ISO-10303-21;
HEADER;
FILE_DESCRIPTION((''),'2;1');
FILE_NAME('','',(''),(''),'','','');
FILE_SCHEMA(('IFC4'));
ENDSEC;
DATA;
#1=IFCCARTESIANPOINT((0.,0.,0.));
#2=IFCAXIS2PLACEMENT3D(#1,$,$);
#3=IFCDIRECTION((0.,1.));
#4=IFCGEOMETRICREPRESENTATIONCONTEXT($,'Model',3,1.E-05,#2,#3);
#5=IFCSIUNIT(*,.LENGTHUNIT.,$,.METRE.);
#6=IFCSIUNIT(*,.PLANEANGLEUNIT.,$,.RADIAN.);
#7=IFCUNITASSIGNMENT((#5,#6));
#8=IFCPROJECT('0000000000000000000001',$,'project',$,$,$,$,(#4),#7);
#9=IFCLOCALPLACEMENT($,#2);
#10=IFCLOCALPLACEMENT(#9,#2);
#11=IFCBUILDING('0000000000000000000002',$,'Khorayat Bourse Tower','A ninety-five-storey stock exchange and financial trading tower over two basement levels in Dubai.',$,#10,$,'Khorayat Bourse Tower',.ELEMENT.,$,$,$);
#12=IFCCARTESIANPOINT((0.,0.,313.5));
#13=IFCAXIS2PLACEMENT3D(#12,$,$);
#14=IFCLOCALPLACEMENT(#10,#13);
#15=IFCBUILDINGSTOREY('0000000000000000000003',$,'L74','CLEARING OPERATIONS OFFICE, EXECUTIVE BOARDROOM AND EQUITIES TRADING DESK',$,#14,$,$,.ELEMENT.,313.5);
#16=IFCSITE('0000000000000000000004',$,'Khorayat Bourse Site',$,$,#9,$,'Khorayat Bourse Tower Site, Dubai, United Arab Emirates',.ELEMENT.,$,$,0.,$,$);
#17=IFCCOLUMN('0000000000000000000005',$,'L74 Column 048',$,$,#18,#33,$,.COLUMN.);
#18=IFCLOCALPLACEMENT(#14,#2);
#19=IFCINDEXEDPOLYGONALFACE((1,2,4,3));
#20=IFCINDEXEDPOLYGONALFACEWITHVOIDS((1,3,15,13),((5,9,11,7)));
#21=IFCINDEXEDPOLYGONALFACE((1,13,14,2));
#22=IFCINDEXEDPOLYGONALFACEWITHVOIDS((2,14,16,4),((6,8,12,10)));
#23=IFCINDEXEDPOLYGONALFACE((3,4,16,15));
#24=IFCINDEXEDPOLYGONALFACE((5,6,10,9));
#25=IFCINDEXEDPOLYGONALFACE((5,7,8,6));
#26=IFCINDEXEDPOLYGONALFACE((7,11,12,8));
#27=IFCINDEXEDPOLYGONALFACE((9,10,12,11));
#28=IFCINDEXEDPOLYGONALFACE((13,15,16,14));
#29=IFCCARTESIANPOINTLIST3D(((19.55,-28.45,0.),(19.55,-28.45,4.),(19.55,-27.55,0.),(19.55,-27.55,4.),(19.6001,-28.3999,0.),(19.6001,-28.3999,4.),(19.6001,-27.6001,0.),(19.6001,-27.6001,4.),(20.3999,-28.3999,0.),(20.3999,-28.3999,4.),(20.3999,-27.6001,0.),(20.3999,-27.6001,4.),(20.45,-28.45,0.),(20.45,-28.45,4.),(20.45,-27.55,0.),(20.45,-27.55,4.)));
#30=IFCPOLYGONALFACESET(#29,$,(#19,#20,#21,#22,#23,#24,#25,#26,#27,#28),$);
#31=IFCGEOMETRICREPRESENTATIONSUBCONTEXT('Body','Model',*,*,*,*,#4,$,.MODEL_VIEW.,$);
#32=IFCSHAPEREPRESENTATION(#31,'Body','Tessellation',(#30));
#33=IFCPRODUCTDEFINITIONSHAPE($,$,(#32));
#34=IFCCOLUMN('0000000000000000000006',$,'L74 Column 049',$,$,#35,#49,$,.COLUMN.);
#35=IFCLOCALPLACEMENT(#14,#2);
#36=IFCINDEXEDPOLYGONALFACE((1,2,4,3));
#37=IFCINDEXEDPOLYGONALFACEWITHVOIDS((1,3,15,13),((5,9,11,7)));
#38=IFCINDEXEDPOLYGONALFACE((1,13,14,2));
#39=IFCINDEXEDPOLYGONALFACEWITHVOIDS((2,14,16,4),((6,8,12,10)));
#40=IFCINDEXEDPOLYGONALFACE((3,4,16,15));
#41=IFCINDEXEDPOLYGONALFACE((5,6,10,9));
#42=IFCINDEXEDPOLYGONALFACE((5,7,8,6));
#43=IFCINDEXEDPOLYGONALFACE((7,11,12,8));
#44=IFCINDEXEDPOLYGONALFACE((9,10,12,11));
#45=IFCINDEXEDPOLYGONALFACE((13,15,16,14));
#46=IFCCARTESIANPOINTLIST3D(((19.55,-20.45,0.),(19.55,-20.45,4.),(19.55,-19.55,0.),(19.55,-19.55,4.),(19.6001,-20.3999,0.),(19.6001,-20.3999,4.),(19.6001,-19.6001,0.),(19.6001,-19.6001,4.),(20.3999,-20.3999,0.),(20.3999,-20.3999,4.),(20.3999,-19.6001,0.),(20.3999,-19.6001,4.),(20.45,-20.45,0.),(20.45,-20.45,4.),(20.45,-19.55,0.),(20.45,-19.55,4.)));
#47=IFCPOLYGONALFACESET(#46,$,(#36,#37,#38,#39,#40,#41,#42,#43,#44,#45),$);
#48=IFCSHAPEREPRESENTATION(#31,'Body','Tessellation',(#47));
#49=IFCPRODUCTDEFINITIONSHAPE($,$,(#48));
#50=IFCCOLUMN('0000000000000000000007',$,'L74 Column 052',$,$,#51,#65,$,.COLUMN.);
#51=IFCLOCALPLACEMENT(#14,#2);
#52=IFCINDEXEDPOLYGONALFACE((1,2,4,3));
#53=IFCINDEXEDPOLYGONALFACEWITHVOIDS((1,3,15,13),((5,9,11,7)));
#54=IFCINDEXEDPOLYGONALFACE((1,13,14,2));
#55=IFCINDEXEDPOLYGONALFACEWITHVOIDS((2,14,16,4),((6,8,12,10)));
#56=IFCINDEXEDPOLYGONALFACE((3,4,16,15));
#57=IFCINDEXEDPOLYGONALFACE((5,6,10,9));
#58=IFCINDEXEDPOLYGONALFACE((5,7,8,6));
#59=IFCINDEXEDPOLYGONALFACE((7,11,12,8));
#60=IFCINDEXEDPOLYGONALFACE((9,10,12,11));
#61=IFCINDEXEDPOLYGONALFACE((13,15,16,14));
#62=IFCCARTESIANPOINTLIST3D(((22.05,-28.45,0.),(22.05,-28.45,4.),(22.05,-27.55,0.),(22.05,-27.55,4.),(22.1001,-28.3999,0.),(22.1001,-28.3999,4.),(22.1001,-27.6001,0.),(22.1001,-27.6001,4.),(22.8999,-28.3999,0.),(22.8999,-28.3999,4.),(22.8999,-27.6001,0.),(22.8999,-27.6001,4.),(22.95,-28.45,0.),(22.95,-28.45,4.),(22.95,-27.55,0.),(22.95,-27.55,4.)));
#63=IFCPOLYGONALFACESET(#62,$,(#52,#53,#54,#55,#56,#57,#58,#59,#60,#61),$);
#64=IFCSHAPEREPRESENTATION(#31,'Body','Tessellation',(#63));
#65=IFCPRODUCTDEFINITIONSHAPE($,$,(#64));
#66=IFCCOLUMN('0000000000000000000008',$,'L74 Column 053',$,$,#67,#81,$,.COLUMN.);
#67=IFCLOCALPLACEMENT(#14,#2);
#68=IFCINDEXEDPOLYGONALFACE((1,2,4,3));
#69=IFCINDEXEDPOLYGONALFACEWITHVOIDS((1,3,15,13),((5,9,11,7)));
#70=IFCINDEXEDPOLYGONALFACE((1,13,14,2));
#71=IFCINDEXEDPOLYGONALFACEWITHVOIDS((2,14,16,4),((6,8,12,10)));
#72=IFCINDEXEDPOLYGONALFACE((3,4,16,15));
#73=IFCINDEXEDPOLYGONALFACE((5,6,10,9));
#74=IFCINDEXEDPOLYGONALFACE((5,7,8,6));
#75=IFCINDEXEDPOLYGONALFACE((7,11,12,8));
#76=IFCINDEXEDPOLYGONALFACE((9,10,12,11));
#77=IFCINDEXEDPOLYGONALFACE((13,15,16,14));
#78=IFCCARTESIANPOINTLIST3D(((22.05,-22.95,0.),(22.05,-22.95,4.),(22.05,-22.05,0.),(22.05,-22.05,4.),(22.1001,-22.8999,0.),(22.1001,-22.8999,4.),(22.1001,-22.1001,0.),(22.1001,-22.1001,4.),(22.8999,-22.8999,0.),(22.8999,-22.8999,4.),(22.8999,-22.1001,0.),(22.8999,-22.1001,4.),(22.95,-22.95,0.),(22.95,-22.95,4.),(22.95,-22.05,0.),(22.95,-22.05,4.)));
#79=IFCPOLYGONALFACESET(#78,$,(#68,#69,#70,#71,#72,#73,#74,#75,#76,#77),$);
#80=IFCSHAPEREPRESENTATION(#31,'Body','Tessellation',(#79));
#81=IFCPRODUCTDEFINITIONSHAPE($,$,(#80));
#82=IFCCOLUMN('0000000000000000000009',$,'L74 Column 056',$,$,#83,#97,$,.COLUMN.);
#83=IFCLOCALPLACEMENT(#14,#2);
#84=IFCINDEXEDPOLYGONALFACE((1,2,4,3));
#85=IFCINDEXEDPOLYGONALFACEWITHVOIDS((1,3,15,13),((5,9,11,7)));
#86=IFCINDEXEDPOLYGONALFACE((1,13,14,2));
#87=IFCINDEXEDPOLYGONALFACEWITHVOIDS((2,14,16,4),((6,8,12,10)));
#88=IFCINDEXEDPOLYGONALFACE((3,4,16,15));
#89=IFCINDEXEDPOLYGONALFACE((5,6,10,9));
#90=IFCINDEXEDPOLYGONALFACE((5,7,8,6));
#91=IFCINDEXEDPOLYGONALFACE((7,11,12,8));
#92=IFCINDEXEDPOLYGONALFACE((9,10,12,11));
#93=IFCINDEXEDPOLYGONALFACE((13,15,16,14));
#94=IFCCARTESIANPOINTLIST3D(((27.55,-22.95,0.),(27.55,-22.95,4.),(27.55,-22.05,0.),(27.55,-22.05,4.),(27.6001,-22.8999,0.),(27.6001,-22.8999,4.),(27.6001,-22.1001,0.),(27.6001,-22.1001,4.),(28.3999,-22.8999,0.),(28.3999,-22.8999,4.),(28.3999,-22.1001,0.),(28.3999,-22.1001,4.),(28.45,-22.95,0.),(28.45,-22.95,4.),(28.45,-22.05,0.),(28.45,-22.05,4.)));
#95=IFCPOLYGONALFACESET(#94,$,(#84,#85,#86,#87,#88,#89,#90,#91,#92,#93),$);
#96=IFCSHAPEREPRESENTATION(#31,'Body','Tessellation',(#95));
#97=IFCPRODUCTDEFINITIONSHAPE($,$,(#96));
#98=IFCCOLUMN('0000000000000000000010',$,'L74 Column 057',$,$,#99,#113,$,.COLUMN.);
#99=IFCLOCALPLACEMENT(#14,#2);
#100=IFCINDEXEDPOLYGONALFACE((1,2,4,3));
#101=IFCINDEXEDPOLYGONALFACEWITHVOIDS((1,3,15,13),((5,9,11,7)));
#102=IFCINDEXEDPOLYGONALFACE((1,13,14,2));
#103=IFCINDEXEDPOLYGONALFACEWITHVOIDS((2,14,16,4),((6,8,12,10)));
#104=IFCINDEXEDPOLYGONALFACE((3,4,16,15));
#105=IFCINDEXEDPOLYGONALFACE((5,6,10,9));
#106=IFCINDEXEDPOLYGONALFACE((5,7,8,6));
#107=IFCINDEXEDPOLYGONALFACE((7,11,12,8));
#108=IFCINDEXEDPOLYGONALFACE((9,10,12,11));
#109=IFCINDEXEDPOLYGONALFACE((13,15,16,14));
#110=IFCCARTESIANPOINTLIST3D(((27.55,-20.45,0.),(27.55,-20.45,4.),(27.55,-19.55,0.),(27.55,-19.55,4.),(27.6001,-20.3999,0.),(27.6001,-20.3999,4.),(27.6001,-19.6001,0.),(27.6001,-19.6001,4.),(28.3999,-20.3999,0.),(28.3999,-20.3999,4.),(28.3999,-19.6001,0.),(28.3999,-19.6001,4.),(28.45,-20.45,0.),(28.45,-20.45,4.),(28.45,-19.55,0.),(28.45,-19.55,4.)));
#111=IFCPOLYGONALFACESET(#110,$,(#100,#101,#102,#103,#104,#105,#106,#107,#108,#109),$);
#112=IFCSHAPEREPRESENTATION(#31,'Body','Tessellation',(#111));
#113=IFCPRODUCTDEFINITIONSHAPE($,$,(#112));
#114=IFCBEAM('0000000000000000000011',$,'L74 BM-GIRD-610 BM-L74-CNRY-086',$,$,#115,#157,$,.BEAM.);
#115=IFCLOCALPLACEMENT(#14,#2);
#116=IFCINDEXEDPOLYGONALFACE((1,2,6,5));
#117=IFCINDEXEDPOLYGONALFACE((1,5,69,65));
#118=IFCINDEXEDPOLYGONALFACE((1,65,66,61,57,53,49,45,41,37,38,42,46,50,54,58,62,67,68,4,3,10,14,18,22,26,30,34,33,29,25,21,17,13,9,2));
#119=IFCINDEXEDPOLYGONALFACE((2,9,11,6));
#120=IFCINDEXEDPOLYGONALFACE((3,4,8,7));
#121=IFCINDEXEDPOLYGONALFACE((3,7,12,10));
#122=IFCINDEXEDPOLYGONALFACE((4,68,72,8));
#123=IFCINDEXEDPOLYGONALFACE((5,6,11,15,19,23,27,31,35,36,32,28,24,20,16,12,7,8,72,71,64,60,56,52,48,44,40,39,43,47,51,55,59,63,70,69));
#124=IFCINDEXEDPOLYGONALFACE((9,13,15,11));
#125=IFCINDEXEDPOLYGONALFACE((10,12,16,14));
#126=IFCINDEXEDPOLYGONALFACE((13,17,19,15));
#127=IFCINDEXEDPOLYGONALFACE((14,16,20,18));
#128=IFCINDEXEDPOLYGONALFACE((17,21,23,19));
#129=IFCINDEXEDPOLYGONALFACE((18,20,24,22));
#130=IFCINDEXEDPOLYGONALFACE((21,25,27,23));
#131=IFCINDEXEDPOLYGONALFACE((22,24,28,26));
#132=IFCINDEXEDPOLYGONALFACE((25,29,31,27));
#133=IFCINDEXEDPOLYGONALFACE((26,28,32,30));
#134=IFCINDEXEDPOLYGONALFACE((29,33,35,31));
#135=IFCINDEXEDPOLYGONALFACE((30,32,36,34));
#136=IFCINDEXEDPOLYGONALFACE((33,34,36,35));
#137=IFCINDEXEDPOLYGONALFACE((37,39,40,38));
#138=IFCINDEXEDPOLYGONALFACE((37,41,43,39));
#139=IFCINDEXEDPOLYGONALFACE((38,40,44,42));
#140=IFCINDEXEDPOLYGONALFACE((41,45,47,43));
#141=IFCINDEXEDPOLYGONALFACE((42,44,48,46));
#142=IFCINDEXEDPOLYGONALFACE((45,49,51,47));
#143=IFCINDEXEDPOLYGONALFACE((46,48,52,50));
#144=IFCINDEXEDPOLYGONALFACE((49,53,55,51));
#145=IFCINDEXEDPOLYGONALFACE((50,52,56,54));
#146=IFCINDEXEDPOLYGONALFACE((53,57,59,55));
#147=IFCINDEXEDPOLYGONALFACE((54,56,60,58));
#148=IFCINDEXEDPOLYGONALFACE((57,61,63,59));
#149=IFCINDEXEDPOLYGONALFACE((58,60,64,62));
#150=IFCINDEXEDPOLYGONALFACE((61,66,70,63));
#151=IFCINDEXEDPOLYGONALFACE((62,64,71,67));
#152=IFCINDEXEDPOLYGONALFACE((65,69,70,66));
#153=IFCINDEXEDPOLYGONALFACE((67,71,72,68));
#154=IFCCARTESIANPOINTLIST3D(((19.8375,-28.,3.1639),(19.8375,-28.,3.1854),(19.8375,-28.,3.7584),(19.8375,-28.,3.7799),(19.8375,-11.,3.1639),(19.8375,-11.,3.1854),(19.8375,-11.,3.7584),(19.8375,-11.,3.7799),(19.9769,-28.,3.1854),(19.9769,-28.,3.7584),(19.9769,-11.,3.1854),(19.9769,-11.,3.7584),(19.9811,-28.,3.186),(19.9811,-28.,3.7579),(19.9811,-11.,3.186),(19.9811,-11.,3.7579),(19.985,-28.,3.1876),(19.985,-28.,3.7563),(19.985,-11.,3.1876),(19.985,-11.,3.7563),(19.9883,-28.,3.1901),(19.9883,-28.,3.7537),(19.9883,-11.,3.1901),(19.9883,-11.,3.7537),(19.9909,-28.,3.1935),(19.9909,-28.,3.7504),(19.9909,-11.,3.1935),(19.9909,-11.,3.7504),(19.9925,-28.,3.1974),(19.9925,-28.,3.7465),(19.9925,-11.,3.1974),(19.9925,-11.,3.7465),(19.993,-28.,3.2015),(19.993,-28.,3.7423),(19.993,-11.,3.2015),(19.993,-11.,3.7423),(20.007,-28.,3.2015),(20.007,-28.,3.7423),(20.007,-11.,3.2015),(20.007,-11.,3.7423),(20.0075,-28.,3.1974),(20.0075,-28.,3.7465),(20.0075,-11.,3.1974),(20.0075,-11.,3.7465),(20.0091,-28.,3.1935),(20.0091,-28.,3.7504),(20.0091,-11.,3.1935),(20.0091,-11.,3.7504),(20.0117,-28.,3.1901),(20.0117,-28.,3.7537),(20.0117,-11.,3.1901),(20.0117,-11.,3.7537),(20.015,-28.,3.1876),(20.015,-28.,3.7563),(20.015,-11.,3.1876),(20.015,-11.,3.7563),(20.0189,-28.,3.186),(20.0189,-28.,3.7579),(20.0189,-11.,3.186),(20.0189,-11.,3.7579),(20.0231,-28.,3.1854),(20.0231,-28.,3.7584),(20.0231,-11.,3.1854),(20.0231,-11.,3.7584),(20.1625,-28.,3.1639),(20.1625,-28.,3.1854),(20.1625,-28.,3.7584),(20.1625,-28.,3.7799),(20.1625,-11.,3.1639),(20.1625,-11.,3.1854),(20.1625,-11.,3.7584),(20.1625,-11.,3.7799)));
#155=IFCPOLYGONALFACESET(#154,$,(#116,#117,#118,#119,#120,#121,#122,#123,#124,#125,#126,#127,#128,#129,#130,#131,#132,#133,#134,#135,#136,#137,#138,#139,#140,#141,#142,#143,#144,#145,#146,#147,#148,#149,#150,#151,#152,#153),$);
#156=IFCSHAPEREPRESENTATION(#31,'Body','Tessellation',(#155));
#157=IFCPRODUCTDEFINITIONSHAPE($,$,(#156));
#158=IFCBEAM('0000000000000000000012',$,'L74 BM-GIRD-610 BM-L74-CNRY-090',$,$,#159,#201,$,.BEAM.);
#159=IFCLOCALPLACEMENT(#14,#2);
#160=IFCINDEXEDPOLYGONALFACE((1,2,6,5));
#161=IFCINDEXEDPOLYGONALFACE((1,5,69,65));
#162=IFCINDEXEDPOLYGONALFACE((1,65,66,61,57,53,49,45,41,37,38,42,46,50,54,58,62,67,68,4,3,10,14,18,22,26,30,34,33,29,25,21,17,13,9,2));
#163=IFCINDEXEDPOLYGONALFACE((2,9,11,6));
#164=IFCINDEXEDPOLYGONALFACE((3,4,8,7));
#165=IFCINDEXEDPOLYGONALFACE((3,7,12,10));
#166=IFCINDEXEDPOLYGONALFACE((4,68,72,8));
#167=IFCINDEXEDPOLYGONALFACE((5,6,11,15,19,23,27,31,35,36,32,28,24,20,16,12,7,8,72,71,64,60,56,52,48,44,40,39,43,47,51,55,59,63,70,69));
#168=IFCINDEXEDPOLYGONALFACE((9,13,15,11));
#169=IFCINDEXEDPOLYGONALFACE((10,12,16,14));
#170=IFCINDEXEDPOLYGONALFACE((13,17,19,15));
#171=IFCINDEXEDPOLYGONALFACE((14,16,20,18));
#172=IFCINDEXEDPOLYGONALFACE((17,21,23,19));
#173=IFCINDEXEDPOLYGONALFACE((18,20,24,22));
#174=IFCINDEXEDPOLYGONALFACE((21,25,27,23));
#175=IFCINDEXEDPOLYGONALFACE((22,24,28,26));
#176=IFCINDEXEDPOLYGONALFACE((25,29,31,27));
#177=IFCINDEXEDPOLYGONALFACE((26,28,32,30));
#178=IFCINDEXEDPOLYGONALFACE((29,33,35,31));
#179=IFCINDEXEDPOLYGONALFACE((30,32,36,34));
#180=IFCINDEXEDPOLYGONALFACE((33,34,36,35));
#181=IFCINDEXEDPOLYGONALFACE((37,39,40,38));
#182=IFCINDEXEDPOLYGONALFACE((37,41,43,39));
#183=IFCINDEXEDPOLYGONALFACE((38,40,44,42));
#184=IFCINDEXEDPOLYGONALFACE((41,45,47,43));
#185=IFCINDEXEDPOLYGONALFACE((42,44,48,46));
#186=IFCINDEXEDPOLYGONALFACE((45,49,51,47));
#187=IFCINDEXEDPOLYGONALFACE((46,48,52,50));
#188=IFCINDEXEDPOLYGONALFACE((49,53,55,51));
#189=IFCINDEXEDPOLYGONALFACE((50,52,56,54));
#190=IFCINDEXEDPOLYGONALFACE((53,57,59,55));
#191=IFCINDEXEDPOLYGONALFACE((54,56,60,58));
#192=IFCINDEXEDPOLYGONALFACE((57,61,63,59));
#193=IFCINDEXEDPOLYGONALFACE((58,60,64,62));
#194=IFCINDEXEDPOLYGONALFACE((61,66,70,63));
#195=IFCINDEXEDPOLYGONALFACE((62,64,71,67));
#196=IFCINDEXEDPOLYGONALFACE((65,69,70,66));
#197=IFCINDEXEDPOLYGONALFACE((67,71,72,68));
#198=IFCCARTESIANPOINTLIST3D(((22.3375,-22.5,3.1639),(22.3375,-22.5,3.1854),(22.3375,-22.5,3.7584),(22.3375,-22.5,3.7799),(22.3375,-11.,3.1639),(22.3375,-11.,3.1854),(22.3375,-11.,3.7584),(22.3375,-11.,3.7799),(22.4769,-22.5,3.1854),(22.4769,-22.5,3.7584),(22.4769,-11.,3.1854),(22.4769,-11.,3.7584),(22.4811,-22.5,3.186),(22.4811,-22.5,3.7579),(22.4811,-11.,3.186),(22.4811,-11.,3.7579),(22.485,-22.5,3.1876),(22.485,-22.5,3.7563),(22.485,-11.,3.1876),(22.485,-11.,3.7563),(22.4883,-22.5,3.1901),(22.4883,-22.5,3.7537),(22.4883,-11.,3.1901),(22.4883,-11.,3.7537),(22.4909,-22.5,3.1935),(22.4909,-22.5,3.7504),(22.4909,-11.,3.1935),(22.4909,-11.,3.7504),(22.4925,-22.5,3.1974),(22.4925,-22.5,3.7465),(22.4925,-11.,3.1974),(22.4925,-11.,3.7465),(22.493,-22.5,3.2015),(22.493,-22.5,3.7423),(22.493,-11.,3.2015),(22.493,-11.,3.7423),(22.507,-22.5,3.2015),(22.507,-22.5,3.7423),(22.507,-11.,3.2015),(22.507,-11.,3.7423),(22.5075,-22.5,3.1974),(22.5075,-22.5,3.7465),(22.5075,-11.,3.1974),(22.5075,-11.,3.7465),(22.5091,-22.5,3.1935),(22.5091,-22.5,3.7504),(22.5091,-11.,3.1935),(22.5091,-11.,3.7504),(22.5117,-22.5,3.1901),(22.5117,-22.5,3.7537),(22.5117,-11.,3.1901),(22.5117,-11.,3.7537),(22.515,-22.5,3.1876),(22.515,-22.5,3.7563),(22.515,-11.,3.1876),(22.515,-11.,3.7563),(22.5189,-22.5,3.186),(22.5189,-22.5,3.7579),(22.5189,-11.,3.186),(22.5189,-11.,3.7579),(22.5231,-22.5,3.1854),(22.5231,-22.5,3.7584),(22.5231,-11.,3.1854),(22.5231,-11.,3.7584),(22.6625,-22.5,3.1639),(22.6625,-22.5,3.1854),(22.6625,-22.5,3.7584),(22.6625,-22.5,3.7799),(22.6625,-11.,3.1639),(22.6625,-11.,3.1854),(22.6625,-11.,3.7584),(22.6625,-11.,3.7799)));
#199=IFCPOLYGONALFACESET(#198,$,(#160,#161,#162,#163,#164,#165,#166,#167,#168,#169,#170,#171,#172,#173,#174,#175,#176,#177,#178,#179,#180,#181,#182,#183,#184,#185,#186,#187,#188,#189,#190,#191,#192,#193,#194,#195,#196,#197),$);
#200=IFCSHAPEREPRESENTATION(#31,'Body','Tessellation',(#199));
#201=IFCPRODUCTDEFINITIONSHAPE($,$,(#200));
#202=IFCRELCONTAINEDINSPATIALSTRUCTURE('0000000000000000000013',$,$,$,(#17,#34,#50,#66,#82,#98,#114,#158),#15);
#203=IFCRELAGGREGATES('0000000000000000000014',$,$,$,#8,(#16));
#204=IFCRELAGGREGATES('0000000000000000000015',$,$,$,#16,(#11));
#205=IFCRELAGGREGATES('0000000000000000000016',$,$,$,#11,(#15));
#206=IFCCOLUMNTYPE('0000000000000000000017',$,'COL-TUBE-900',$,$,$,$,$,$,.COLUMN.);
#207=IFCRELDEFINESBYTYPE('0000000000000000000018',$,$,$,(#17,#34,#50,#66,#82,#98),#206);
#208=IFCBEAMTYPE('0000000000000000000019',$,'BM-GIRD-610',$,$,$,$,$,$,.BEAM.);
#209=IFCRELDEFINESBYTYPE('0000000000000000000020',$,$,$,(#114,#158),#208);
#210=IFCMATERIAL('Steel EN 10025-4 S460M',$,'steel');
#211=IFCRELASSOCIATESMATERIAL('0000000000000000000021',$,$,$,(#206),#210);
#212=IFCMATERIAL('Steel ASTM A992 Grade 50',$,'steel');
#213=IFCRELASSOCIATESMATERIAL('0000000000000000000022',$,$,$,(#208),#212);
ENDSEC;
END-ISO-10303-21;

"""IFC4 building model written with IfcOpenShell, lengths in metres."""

from ifc_helpers import new_model, si_unit, direction, frame, origin, origin_2d, place, context, subcontext, project, spatial, hollow_rectangle, i_section, extrude, source, transform, mapped, material, material_profile, profile_set, type_object, element, save


model = new_model("IFC4")

# Units and contexts
model_context = context("Model", 3, precision=1e-05, world=origin(), true_north=direction((0.0, 1.0)))
body_context = subcontext(model_context, "Body", "Model", "MODEL_VIEW")
ifc_project = project(units=[si_unit("LENGTHUNIT", "METRE"), si_unit("PLANEANGLEUNIT", "RADIAN")], contexts=[model_context])

# Site, building, storey
site_placement = place(None, origin())
site = spatial("IfcSite", under=ifc_project, at=site_placement, Name="Khorayat Bourse Site", LongName="Khorayat Bourse Tower Site, Dubai, United Arab Emirates", CompositionType="ELEMENT", RefElevation=0.0)
building_placement = place(site_placement, origin())
building = spatial("IfcBuilding", under=site, at=building_placement, Name="Khorayat Bourse Tower", Description="A ninety-five-storey stock exchange and financial trading tower over two basement levels in Dubai.", LongName="Khorayat Bourse Tower", CompositionType="ELEMENT")
storey_placement = place(building_placement, frame((0.0, 0.0, 313.5)))
storey = spatial("IfcBuildingStorey", under=building, at=storey_placement, Name="L74", Description="CLEARING OPERATIONS OFFICE, EXECUTIVE BOARDROOM AND EQUITIES TRADING DESK", CompositionType="ELEMENT", Elevation=313.5)

# Columns
ifc_material_1 = material(Name="Steel EN 10025-4 S460M", Category="steel")
ifc_material_profile_1 = material_profile(ifc_material_1, hollow_rectangle(XDim=0.8999, YDim=0.8999, WallThickness=0.05, at=origin_2d()), Name="BOX 900x900x50")
ifc_profile_set_1 = profile_set([ifc_material_profile_1], Name="Steel EN 10025-4 S460M")
column_type = type_object("IfcColumnType", Name="COL-TUBE-900", PredefinedType="COLUMN", material=ifc_profile_set_1)
shared_shape_1 = source(origin(), body_context, "Body", "SweptSolid", [
    extrude(hollow_rectangle(XDim=0.8999, YDim=0.8999, WallThickness=0.05, at=origin_2d()), origin(), (0.0, 0.0, 1.0), 4.0),
])
for number, where, z_axis, x_axis, name in (
    (1, (20.0, -28.0, 0.0), (0.0, 0.0, 1.0), (1.0, 0.0, 0.0), "L74 Column 048"),
    (2, (20.0, -20.0, 0.0), (0.0, 0.0, 1.0), (1.0, 0.0, 0.0), "L74 Column 049"),
    (3, (22.5, -28.0, 0.0), (0.0, 0.0, 1.0), (1.0, 0.0, 0.0), "L74 Column 052"),
    (4, (22.5, -22.5, 0.0), (0.0, 0.0, 1.0), (1.0, 0.0, 0.0), "L74 Column 053"),
    (5, (28.0, -22.5, 0.0), (0.0, 0.0, 1.0), (1.0, 0.0, 0.0), "L74 Column 056"),
    (6, (28.0, -20.0, 0.0), (0.0, 0.0, 1.0), (1.0, 0.0, 0.0), "L74 Column 057"),
):
    element("IfcColumn", number, at=place(storey_placement, frame(where, z_axis=z_axis, x_axis=x_axis)), inside=storey, type_object=column_type, Name=name, PredefinedType="COLUMN", context=body_context, shape_type="MappedRepresentation", body=[
        mapped(shared_shape_1, transform((0.0, 0.0, 0.0), scale=1.0)),
    ])

# Beams
ifc_material_2 = material(Name="Steel ASTM A992 Grade 50", Category="steel")
ifc_material_profile_2 = material_profile(ifc_material_2, i_section(OverallWidth=0.325, OverallDepth=0.616, WebThickness=0.0139, FlangeThickness=0.0215, FilletRadius=0.0161, at=origin_2d()), Name="W610X174")
ifc_profile_set_2 = profile_set([ifc_material_profile_2], Name="Steel ASTM A992 Grade 50")
beam_type_1 = type_object("IfcBeamType", Name="BM-GIRD-610", PredefinedType="BEAM", material=ifc_profile_set_2)
shared_shape_2 = source(origin(), body_context, "Body", "SweptSolid", [
    extrude(i_section(OverallWidth=0.325, OverallDepth=0.616, WebThickness=0.0139, FlangeThickness=0.0215, FilletRadius=0.0161, at=origin_2d()), origin(), (0.0, 0.0, 1.0), 17.0),
])
beam_1_placement = place(storey_placement, frame((20.0, -28.0, 3.4719), z_axis=(0.0, 1.0, 0.0), x_axis=(-1.0, 0.0, 0.0)))
element("IfcBeam", 7, at=beam_1_placement, inside=storey, type_object=beam_type_1, Name="L74 BM-GIRD-610 BM-L74-CNRY-086", PredefinedType="BEAM", context=body_context, shape_type="MappedRepresentation", body=[
    mapped(shared_shape_2, transform((0.0, 0.0, 0.0), scale=1.0)),
])
shared_shape_3 = source(origin(), body_context, "Body", "SweptSolid", [
    extrude(i_section(OverallWidth=0.325, OverallDepth=0.616, WebThickness=0.0139, FlangeThickness=0.0215, FilletRadius=0.0161, at=origin_2d()), origin(), (0.0, 0.0, 1.0), 11.5),
])
beam_2_placement = place(storey_placement, frame((22.5, -22.5, 3.4719), z_axis=(0.0, 1.0, 0.0), x_axis=(-1.0, 0.0, 0.0)))
element("IfcBeam", 8, at=beam_2_placement, inside=storey, type_object=beam_type_1, Name="L74 BM-GIRD-610 BM-L74-CNRY-090", PredefinedType="BEAM", context=body_context, shape_type="MappedRepresentation", body=[
    mapped(shared_shape_3, transform((0.0, 0.0, 0.0), scale=1.0)),
])

save(model, "model.ifc")
